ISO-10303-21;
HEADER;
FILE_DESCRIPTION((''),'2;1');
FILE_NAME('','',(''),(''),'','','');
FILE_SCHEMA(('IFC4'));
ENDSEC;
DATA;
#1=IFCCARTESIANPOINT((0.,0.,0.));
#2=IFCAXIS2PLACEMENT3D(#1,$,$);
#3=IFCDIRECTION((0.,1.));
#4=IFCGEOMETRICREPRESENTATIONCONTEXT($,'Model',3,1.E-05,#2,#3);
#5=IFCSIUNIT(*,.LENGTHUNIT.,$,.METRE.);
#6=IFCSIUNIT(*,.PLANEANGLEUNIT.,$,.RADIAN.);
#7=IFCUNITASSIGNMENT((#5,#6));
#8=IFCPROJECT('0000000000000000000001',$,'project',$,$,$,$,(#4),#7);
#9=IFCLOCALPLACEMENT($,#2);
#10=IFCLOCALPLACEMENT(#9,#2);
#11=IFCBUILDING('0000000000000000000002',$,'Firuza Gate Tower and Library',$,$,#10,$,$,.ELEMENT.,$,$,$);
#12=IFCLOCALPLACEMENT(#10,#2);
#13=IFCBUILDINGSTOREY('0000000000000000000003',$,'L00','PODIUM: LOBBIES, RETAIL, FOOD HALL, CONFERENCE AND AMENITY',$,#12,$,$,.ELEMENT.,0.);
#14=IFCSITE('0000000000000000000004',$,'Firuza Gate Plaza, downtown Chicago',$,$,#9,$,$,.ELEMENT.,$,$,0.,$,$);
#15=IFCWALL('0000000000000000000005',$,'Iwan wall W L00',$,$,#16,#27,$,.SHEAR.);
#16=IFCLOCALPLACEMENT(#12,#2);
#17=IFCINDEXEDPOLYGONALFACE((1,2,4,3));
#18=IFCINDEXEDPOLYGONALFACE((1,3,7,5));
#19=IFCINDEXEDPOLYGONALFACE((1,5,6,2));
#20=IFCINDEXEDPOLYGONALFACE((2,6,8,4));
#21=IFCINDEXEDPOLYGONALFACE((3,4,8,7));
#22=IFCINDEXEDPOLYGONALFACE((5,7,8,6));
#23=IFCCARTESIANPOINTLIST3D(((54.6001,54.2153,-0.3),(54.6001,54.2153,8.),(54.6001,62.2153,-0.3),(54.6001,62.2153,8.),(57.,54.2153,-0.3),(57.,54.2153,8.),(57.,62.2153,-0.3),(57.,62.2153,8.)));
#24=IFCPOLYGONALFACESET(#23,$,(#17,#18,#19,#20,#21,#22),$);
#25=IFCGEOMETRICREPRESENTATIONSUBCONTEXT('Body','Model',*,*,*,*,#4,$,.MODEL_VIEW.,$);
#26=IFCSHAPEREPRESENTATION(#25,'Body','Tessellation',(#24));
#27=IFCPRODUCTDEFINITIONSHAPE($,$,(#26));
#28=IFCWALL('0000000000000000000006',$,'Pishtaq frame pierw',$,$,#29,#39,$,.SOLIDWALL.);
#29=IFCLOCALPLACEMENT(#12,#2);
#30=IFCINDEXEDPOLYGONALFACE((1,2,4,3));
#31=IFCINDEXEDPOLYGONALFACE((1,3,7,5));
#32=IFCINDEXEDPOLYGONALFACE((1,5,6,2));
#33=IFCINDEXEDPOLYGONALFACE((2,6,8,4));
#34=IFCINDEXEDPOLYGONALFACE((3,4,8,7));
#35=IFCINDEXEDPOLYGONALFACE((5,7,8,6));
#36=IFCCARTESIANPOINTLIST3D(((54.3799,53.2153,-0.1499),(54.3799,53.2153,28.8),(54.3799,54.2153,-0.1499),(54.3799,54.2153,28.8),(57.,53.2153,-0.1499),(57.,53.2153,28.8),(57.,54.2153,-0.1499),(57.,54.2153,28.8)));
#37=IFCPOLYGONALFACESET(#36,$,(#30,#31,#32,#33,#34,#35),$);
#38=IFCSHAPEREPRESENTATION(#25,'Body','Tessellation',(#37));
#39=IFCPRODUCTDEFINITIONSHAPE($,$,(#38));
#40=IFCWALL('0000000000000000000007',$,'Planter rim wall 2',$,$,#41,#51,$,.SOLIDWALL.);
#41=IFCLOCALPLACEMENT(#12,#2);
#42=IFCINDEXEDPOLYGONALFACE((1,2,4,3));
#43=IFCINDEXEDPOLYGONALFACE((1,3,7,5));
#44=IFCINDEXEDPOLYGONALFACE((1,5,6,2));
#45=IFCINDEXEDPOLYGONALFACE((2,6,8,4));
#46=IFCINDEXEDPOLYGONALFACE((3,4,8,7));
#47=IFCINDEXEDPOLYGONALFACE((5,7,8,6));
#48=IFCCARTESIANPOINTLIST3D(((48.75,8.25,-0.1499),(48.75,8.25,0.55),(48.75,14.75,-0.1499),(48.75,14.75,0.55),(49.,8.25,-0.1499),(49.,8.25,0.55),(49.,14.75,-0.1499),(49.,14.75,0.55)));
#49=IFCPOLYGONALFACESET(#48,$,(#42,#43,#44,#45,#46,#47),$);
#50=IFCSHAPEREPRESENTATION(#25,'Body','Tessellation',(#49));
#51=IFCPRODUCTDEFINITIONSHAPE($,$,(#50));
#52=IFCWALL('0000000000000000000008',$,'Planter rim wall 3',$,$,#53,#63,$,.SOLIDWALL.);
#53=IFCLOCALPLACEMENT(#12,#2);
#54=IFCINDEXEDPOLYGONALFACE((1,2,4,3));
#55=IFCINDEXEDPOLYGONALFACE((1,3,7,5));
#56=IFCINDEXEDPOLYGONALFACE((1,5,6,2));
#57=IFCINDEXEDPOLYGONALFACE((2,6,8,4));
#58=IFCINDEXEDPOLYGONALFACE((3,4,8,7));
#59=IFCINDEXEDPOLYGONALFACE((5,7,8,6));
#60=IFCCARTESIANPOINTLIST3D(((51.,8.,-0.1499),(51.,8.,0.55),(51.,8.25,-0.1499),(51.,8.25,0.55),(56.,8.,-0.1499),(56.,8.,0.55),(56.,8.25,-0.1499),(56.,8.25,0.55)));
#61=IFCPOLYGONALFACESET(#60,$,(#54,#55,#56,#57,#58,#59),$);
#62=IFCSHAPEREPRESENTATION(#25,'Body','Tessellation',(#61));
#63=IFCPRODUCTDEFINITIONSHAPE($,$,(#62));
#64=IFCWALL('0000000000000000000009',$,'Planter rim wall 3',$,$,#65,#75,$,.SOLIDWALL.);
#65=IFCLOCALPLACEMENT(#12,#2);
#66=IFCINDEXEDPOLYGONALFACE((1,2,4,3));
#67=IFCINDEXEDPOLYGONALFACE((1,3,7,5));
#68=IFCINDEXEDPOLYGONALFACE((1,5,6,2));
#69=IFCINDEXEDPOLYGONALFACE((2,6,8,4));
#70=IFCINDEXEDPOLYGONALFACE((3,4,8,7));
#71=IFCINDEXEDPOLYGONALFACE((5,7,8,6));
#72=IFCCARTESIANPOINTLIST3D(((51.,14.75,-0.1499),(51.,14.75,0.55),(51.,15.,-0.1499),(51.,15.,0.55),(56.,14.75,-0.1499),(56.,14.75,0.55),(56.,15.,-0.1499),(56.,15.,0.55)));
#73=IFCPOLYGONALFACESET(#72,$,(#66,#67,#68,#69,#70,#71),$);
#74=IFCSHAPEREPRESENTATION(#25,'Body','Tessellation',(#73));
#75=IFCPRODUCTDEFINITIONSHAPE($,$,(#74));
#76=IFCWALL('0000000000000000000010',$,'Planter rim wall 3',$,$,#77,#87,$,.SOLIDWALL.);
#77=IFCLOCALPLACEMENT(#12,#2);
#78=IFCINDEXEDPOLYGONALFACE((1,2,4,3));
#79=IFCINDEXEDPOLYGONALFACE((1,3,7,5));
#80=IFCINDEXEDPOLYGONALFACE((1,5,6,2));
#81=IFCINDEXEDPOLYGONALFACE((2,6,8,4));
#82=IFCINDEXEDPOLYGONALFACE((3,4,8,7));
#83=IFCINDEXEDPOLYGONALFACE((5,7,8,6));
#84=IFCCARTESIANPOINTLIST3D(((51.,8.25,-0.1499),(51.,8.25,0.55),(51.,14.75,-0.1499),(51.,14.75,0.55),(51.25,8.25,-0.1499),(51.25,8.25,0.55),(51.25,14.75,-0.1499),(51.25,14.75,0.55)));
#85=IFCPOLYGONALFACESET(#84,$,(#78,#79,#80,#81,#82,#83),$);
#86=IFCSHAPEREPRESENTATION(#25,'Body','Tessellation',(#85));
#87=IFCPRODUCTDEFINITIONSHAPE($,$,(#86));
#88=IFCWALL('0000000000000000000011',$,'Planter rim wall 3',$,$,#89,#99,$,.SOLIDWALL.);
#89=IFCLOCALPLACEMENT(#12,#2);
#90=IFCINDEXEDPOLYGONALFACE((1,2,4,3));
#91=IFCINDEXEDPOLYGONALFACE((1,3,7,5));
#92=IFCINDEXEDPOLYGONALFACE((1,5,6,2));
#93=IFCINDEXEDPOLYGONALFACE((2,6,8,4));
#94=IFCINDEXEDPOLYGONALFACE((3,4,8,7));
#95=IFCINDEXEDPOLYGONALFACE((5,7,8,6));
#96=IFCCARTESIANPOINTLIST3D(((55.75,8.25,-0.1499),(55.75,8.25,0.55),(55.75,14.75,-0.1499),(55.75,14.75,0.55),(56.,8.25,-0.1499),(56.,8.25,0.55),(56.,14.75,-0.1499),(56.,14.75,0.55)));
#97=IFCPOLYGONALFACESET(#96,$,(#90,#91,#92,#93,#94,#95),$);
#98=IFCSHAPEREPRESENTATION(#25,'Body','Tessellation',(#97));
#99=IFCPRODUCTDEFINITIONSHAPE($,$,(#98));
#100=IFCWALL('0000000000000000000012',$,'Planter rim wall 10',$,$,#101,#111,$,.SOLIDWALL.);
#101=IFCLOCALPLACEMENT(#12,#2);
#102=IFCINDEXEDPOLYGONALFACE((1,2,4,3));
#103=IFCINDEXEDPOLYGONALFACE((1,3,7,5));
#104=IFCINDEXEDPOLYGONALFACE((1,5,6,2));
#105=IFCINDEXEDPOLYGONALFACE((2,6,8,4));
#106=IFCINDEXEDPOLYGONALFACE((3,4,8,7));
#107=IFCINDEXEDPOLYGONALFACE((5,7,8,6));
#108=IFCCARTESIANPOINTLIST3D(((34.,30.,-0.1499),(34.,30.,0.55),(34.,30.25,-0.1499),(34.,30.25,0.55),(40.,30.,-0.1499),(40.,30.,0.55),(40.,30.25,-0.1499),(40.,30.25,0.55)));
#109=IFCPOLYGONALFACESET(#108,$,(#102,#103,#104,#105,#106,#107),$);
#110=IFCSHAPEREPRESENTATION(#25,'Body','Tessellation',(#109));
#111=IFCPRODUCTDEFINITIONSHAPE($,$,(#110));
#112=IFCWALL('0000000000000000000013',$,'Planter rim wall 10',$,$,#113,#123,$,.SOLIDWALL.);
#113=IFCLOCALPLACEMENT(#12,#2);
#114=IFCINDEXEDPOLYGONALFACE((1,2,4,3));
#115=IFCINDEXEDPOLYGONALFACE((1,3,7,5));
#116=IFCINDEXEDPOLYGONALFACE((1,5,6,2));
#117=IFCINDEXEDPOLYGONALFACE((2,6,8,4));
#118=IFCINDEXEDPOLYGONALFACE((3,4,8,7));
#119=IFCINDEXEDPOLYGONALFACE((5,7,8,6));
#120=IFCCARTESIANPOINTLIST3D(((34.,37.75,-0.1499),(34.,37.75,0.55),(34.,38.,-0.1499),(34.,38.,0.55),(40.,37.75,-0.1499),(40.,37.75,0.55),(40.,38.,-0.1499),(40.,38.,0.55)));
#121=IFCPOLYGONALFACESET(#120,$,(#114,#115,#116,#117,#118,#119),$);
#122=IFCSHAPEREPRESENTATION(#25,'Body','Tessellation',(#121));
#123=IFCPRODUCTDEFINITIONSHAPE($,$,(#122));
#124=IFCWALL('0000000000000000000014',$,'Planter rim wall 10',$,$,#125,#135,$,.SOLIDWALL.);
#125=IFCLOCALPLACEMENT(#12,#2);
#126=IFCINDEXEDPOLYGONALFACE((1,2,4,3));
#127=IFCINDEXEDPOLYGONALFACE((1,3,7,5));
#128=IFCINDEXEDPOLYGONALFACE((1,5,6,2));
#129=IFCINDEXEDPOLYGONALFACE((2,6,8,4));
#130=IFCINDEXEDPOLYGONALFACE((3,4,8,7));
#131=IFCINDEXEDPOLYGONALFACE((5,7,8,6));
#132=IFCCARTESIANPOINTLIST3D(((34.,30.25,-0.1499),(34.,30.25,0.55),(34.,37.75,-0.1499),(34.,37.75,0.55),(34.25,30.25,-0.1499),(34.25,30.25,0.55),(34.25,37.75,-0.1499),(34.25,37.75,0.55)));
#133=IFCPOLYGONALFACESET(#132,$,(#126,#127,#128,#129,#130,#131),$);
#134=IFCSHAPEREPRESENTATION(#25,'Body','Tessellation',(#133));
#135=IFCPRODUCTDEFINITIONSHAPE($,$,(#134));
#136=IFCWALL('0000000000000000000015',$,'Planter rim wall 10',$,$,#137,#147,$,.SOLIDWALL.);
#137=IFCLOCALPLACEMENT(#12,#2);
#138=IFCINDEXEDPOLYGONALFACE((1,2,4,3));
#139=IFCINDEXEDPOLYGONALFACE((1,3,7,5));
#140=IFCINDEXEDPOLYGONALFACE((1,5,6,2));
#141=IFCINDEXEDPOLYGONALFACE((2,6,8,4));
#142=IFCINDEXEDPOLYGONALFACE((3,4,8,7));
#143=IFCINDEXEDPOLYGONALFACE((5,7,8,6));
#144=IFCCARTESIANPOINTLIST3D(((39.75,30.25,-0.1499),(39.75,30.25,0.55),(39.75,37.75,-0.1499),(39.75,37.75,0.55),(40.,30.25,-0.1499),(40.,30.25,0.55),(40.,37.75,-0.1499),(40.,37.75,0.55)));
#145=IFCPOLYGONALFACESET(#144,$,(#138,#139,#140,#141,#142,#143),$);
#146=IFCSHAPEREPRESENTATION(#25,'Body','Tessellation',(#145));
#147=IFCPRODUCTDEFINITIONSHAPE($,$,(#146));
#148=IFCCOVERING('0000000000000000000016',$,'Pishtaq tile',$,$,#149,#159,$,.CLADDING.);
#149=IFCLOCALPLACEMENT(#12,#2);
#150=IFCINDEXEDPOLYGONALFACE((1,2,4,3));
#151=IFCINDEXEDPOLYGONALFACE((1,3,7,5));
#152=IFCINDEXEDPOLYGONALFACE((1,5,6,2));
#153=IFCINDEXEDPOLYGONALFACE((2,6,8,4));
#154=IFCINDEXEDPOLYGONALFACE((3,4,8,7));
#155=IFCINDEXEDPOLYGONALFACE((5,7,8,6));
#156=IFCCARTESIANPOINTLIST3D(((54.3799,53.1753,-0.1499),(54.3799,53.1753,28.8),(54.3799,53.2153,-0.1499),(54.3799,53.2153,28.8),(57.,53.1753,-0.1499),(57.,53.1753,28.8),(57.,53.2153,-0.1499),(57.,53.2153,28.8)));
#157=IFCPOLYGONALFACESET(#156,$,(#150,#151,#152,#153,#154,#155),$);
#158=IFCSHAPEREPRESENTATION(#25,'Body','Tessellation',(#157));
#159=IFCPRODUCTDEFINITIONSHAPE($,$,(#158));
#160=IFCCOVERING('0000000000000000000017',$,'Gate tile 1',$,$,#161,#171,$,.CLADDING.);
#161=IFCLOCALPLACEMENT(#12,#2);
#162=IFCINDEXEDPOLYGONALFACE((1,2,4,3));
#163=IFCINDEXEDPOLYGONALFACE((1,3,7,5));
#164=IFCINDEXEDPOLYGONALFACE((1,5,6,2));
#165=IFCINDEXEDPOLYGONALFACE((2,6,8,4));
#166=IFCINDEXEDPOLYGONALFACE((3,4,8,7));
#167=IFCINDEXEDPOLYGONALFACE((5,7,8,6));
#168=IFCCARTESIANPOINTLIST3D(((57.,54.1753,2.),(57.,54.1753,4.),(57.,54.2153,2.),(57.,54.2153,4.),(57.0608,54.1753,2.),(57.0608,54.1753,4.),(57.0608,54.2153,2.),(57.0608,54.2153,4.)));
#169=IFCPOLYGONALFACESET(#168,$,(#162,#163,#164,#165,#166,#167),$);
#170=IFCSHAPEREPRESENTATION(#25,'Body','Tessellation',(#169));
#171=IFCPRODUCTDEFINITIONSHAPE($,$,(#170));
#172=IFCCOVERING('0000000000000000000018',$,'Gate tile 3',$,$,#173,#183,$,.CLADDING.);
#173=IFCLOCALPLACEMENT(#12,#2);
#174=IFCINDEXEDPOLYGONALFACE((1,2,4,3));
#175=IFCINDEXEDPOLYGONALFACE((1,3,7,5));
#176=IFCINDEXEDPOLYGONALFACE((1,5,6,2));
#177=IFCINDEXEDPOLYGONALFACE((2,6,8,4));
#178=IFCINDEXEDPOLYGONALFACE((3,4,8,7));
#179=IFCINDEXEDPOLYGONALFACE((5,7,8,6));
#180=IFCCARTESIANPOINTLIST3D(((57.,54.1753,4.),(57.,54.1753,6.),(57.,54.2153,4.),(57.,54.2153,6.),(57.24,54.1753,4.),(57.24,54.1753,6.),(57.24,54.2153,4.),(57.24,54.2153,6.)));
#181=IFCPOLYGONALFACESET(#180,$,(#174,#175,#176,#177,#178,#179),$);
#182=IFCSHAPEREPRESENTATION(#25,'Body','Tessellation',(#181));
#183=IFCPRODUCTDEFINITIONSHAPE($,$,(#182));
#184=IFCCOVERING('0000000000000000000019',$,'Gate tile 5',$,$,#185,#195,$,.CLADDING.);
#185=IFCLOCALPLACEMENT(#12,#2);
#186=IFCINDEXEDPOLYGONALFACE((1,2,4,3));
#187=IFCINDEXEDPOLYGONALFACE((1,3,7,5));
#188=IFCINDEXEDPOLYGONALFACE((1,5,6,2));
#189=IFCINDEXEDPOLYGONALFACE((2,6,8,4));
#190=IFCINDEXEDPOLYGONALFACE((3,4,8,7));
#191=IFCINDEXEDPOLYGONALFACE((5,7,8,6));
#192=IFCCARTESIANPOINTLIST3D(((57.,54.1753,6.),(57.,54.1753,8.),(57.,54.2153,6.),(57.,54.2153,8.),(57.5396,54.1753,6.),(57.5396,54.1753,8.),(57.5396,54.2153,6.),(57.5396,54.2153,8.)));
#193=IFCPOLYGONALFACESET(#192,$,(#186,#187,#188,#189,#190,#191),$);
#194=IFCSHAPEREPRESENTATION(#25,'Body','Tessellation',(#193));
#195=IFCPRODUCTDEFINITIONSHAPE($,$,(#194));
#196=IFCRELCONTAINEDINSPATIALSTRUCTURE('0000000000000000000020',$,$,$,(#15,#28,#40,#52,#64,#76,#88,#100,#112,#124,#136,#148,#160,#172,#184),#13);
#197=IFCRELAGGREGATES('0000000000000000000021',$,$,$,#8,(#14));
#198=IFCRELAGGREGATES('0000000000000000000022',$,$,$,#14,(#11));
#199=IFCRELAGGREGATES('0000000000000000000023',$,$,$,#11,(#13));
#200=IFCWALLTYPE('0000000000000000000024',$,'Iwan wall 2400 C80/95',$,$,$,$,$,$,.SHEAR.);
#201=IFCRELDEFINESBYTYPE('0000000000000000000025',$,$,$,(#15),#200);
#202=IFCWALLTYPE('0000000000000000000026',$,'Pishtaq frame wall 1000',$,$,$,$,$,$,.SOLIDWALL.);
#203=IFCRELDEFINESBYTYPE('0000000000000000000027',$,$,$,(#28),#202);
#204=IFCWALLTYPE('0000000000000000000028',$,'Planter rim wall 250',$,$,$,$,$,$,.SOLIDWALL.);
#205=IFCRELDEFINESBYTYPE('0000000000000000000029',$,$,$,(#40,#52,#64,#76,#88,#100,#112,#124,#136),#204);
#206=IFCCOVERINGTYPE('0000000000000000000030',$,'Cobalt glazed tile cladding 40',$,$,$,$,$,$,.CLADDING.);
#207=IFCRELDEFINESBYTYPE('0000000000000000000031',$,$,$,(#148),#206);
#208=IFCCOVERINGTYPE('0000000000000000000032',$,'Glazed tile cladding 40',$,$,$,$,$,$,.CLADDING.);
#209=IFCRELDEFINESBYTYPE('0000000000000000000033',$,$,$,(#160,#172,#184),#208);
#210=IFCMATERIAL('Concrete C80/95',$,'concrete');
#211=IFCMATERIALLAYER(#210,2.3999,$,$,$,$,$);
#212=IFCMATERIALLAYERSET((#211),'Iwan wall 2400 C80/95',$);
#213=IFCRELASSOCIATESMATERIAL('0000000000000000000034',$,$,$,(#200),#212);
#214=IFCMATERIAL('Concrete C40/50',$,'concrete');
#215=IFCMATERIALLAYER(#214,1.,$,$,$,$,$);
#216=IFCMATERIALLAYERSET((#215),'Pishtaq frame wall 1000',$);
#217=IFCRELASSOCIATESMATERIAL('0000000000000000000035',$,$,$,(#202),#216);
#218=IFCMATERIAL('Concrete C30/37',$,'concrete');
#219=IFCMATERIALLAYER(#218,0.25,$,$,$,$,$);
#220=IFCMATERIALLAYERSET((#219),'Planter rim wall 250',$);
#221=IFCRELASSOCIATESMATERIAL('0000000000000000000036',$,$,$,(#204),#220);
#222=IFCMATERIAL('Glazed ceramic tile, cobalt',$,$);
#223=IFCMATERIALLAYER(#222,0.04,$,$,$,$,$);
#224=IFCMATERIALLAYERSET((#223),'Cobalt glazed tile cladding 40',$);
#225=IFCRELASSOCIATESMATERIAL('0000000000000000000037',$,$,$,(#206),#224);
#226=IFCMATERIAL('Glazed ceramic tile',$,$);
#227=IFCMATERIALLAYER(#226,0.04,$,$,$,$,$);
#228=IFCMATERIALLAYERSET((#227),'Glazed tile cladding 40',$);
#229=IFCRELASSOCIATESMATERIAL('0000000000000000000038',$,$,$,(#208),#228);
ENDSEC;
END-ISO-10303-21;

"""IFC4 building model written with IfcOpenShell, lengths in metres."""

from ifc_helpers import new_model, si_unit, direction, frame, frame_2d, origin, place, context, subcontext, project, spatial, polyline, rectangle, outline, extrude, material, layer, layer_set, type_object, element, save


model = new_model("IFC4")

# Units and contexts
model_context = context("Model", 3, precision=1e-05, world=origin(), true_north=direction((0.0, 1.0)))
body_context = subcontext(model_context, "Body", "Model", "MODEL_VIEW")
ifc_project = project(units=[si_unit("LENGTHUNIT", "METRE"), si_unit("PLANEANGLEUNIT", "RADIAN")], contexts=[model_context])

# Site, building, storey
site_placement = place(None, origin())
site = spatial("IfcSite", under=ifc_project, at=site_placement, Name="Firuza Gate Plaza, downtown Chicago", CompositionType="ELEMENT", RefElevation=0.0)
building_placement = place(site_placement, origin())
building = spatial("IfcBuilding", under=site, at=building_placement, Name="Firuza Gate Tower and Library", CompositionType="ELEMENT")
storey_placement = place(building_placement, origin())
storey = spatial("IfcBuildingStorey", under=building, at=storey_placement, Name="L00", Description="PODIUM: LOBBIES, RETAIL, FOOD HALL, CONFERENCE AND AMENITY", CompositionType="ELEMENT", Elevation=0.0)

# Walls
ifc_material_1 = material(Name="Concrete C80/95", Category="concrete")
ifc_layer_1 = layer(ifc_material_1, 2.3999)
ifc_layer_set_1 = layer_set([ifc_layer_1], Name="Iwan wall 2400 C80/95")
wall_type_1 = type_object("IfcWallType", Name="Iwan wall 2400 C80/95", PredefinedType="SHEAR", material=ifc_layer_set_1)
wall_1_placement = place(storey_placement, frame((55.8, 54.2153, -0.3), z_axis=(0.0, 0.0, 1.0), x_axis=(0.0, 1.0, 0.0)))
element("IfcWall", 1, at=wall_1_placement, inside=storey, type_object=wall_type_1, Name="Iwan wall W L00", PredefinedType="SHEAR", context=body_context, shape_type="SweptSolid", body=[
    extrude(rectangle(XDim=8.0, YDim=2.3999, at=frame_2d((4.0, 0.0))), origin(), (0.0, 0.0, 1.0), 8.3),
])
ifc_material_2 = material(Name="Concrete C40/50", Category="concrete")
ifc_layer_2 = layer(ifc_material_2, 1.0)
ifc_layer_set_2 = layer_set([ifc_layer_2], Name="Pishtaq frame wall 1000")
wall_type_2 = type_object("IfcWallType", Name="Pishtaq frame wall 1000", PredefinedType="SOLIDWALL", material=ifc_layer_set_2)
wall_2_placement = place(storey_placement, frame((54.3799, 53.7153, -0.1499), z_axis=(0.0, 0.0, 1.0), x_axis=(1.0, 0.0, 0.0)))
element("IfcWall", 2, at=wall_2_placement, inside=storey, type_object=wall_type_2, Name="Pishtaq frame pierw", PredefinedType="SOLIDWALL", context=body_context, shape_type="SweptSolid", body=[
    extrude(rectangle(XDim=2.6201, YDim=1.0, at=frame_2d((1.3101, 0.0))), origin(), (0.0, 0.0, 1.0), 28.95),
])
ifc_material_3 = material(Name="Concrete C30/37", Category="concrete")
ifc_layer_3 = layer(ifc_material_3, 0.25)
ifc_layer_set_3 = layer_set([ifc_layer_3], Name="Planter rim wall 250")
wall_type_3 = type_object("IfcWallType", Name="Planter rim wall 250", PredefinedType="SOLIDWALL", material=ifc_layer_set_3)
wall_3_placement = place(storey_placement, frame((48.875, 8.25, -0.1499), z_axis=(0.0, 0.0, 1.0), x_axis=(0.0, 1.0, 0.0)))
element("IfcWall", 3, at=wall_3_placement, inside=storey, type_object=wall_type_3, Name="Planter rim wall 2", PredefinedType="SOLIDWALL", context=body_context, shape_type="SweptSolid", body=[
    extrude(rectangle(XDim=6.5, YDim=0.25, at=frame_2d((3.25, 0.0))), origin(), (0.0, 0.0, 1.0), 0.7),
])
for number, where, z_axis, x_axis, name in (
    (4, (51.0, 8.125, -0.1499), (0.0, 0.0, 1.0), (1.0, 0.0, 0.0), "Planter rim wall 3"),
    (5, (51.0, 14.875, -0.1499), (0.0, 0.0, 1.0), (1.0, 0.0, 0.0), "Planter rim wall 3"),
):
    element("IfcWall", number, at=place(storey_placement, frame(where, z_axis=z_axis, x_axis=x_axis)), inside=storey, type_object=wall_type_3, Name=name, PredefinedType="SOLIDWALL", context=body_context, shape_type="SweptSolid", body=[
        extrude(rectangle(XDim=5.0, YDim=0.25, at=frame_2d((2.5, 0.0))), origin(), (0.0, 0.0, 1.0), 0.7),
    ])
for number, where, z_axis, x_axis, name in (
    (6, (51.125, 8.25, -0.1499), (0.0, 0.0, 1.0), (0.0, 1.0, 0.0), "Planter rim wall 3"),
    (7, (55.875, 8.25, -0.1499), (0.0, 0.0, 1.0), (0.0, 1.0, 0.0), "Planter rim wall 3"),
):
    element("IfcWall", number, at=place(storey_placement, frame(where, z_axis=z_axis, x_axis=x_axis)), inside=storey, type_object=wall_type_3, Name=name, PredefinedType="SOLIDWALL", context=body_context, shape_type="SweptSolid", body=[
        extrude(rectangle(XDim=6.5, YDim=0.25, at=frame_2d((3.25, 0.0))), origin(), (0.0, 0.0, 1.0), 0.7),
    ])
for number, where, z_axis, x_axis, name in (
    (8, (34.0, 30.125, -0.1499), (0.0, 0.0, 1.0), (1.0, 0.0, 0.0), "Planter rim wall 10"),
    (9, (34.0, 37.875, -0.1499), (0.0, 0.0, 1.0), (1.0, 0.0, 0.0), "Planter rim wall 10"),
):
    element("IfcWall", number, at=place(storey_placement, frame(where, z_axis=z_axis, x_axis=x_axis)), inside=storey, type_object=wall_type_3, Name=name, PredefinedType="SOLIDWALL", context=body_context, shape_type="SweptSolid", body=[
        extrude(rectangle(XDim=6.0, YDim=0.25, at=frame_2d((3.0, 0.0))), origin(), (0.0, 0.0, 1.0), 0.7),
    ])
for number, where, z_axis, x_axis, name in (
    (10, (34.125, 30.25, -0.1499), (0.0, 0.0, 1.0), (0.0, 1.0, 0.0), "Planter rim wall 10"),
    (11, (39.875, 30.25, -0.1499), (0.0, 0.0, 1.0), (0.0, 1.0, 0.0), "Planter rim wall 10"),
):
    element("IfcWall", number, at=place(storey_placement, frame(where, z_axis=z_axis, x_axis=x_axis)), inside=storey, type_object=wall_type_3, Name=name, PredefinedType="SOLIDWALL", context=body_context, shape_type="SweptSolid", body=[
        extrude(rectangle(XDim=7.5, YDim=0.25, at=frame_2d((3.75, 0.0))), origin(), (0.0, 0.0, 1.0), 0.7),
    ])

# Coverings
ifc_material_4 = material(Name="Glazed ceramic tile, cobalt")
ifc_layer_4 = layer(ifc_material_4, 0.04)
ifc_layer_set_4 = layer_set([ifc_layer_4], Name="Cobalt glazed tile cladding 40")
covering_type_1 = type_object("IfcCoveringType", Name="Cobalt glazed tile cladding 40", PredefinedType="CLADDING", material=ifc_layer_set_4)
covering_1_placement = place(storey_placement, frame((54.3799, 53.1753, -0.1499), z_axis=(0.0, -1.0, 0.0), x_axis=(1.0, 0.0, 0.0)))
element("IfcCovering", 12, at=covering_1_placement, inside=storey, type_object=covering_type_1, Name="Pishtaq tile", PredefinedType="CLADDING", context=body_context, shape_type="SweptSolid", body=[
    extrude(outline(polyline([(0.0, 0.0), (2.6201, 0.0), (2.6201, 28.95), (0.0, 28.95), (0.0, 0.0)])), origin(), (0.0, 0.0, -1.0), 0.04),
])
ifc_material_5 = material(Name="Glazed ceramic tile")
ifc_layer_5 = layer(ifc_material_5, 0.04)
ifc_layer_set_5 = layer_set([ifc_layer_5], Name="Glazed tile cladding 40")
covering_type_2 = type_object("IfcCoveringType", Name="Glazed tile cladding 40", PredefinedType="CLADDING", material=ifc_layer_set_5)
covering_2_placement = place(storey_placement, frame((57.0, 54.1753, 2.0), z_axis=(0.0, -1.0, 0.0), x_axis=(1.0, 0.0, 0.0)))
element("IfcCovering", 13, at=covering_2_placement, inside=storey, type_object=covering_type_2, Name="Gate tile 1", PredefinedType="CLADDING", context=body_context, shape_type="SweptSolid", body=[
    extrude(outline(polyline([(0.0, 0.0), (0.0608, 0.0), (0.0608, 2.0), (0.0, 2.0), (0.0, 0.0)])), origin(), (0.0, 0.0, -1.0), 0.04),
])
covering_3_placement = place(storey_placement, frame((57.0, 54.1753, 4.0), z_axis=(0.0, -1.0, 0.0), x_axis=(1.0, 0.0, 0.0)))
element("IfcCovering", 14, at=covering_3_placement, inside=storey, type_object=covering_type_2, Name="Gate tile 3", PredefinedType="CLADDING", context=body_context, shape_type="SweptSolid", body=[
    extrude(outline(polyline([(0.0, 0.0), (0.24, 0.0), (0.24, 2.0), (0.0, 2.0), (0.0, 0.0)])), origin(), (0.0, 0.0, -1.0), 0.04),
])
covering_4_placement = place(storey_placement, frame((57.0, 54.1753, 6.0), z_axis=(0.0, -1.0, 0.0), x_axis=(1.0, 0.0, 0.0)))
element("IfcCovering", 15, at=covering_4_placement, inside=storey, type_object=covering_type_2, Name="Gate tile 5", PredefinedType="CLADDING", context=body_context, shape_type="SweptSolid", body=[
    extrude(outline(polyline([(0.0, 0.0), (0.5396, 0.0), (0.5396, 2.0), (0.0, 2.0), (0.0, 0.0)])), origin(), (0.0, 0.0, -1.0), 0.04),
])

save(model, "model.ifc")
